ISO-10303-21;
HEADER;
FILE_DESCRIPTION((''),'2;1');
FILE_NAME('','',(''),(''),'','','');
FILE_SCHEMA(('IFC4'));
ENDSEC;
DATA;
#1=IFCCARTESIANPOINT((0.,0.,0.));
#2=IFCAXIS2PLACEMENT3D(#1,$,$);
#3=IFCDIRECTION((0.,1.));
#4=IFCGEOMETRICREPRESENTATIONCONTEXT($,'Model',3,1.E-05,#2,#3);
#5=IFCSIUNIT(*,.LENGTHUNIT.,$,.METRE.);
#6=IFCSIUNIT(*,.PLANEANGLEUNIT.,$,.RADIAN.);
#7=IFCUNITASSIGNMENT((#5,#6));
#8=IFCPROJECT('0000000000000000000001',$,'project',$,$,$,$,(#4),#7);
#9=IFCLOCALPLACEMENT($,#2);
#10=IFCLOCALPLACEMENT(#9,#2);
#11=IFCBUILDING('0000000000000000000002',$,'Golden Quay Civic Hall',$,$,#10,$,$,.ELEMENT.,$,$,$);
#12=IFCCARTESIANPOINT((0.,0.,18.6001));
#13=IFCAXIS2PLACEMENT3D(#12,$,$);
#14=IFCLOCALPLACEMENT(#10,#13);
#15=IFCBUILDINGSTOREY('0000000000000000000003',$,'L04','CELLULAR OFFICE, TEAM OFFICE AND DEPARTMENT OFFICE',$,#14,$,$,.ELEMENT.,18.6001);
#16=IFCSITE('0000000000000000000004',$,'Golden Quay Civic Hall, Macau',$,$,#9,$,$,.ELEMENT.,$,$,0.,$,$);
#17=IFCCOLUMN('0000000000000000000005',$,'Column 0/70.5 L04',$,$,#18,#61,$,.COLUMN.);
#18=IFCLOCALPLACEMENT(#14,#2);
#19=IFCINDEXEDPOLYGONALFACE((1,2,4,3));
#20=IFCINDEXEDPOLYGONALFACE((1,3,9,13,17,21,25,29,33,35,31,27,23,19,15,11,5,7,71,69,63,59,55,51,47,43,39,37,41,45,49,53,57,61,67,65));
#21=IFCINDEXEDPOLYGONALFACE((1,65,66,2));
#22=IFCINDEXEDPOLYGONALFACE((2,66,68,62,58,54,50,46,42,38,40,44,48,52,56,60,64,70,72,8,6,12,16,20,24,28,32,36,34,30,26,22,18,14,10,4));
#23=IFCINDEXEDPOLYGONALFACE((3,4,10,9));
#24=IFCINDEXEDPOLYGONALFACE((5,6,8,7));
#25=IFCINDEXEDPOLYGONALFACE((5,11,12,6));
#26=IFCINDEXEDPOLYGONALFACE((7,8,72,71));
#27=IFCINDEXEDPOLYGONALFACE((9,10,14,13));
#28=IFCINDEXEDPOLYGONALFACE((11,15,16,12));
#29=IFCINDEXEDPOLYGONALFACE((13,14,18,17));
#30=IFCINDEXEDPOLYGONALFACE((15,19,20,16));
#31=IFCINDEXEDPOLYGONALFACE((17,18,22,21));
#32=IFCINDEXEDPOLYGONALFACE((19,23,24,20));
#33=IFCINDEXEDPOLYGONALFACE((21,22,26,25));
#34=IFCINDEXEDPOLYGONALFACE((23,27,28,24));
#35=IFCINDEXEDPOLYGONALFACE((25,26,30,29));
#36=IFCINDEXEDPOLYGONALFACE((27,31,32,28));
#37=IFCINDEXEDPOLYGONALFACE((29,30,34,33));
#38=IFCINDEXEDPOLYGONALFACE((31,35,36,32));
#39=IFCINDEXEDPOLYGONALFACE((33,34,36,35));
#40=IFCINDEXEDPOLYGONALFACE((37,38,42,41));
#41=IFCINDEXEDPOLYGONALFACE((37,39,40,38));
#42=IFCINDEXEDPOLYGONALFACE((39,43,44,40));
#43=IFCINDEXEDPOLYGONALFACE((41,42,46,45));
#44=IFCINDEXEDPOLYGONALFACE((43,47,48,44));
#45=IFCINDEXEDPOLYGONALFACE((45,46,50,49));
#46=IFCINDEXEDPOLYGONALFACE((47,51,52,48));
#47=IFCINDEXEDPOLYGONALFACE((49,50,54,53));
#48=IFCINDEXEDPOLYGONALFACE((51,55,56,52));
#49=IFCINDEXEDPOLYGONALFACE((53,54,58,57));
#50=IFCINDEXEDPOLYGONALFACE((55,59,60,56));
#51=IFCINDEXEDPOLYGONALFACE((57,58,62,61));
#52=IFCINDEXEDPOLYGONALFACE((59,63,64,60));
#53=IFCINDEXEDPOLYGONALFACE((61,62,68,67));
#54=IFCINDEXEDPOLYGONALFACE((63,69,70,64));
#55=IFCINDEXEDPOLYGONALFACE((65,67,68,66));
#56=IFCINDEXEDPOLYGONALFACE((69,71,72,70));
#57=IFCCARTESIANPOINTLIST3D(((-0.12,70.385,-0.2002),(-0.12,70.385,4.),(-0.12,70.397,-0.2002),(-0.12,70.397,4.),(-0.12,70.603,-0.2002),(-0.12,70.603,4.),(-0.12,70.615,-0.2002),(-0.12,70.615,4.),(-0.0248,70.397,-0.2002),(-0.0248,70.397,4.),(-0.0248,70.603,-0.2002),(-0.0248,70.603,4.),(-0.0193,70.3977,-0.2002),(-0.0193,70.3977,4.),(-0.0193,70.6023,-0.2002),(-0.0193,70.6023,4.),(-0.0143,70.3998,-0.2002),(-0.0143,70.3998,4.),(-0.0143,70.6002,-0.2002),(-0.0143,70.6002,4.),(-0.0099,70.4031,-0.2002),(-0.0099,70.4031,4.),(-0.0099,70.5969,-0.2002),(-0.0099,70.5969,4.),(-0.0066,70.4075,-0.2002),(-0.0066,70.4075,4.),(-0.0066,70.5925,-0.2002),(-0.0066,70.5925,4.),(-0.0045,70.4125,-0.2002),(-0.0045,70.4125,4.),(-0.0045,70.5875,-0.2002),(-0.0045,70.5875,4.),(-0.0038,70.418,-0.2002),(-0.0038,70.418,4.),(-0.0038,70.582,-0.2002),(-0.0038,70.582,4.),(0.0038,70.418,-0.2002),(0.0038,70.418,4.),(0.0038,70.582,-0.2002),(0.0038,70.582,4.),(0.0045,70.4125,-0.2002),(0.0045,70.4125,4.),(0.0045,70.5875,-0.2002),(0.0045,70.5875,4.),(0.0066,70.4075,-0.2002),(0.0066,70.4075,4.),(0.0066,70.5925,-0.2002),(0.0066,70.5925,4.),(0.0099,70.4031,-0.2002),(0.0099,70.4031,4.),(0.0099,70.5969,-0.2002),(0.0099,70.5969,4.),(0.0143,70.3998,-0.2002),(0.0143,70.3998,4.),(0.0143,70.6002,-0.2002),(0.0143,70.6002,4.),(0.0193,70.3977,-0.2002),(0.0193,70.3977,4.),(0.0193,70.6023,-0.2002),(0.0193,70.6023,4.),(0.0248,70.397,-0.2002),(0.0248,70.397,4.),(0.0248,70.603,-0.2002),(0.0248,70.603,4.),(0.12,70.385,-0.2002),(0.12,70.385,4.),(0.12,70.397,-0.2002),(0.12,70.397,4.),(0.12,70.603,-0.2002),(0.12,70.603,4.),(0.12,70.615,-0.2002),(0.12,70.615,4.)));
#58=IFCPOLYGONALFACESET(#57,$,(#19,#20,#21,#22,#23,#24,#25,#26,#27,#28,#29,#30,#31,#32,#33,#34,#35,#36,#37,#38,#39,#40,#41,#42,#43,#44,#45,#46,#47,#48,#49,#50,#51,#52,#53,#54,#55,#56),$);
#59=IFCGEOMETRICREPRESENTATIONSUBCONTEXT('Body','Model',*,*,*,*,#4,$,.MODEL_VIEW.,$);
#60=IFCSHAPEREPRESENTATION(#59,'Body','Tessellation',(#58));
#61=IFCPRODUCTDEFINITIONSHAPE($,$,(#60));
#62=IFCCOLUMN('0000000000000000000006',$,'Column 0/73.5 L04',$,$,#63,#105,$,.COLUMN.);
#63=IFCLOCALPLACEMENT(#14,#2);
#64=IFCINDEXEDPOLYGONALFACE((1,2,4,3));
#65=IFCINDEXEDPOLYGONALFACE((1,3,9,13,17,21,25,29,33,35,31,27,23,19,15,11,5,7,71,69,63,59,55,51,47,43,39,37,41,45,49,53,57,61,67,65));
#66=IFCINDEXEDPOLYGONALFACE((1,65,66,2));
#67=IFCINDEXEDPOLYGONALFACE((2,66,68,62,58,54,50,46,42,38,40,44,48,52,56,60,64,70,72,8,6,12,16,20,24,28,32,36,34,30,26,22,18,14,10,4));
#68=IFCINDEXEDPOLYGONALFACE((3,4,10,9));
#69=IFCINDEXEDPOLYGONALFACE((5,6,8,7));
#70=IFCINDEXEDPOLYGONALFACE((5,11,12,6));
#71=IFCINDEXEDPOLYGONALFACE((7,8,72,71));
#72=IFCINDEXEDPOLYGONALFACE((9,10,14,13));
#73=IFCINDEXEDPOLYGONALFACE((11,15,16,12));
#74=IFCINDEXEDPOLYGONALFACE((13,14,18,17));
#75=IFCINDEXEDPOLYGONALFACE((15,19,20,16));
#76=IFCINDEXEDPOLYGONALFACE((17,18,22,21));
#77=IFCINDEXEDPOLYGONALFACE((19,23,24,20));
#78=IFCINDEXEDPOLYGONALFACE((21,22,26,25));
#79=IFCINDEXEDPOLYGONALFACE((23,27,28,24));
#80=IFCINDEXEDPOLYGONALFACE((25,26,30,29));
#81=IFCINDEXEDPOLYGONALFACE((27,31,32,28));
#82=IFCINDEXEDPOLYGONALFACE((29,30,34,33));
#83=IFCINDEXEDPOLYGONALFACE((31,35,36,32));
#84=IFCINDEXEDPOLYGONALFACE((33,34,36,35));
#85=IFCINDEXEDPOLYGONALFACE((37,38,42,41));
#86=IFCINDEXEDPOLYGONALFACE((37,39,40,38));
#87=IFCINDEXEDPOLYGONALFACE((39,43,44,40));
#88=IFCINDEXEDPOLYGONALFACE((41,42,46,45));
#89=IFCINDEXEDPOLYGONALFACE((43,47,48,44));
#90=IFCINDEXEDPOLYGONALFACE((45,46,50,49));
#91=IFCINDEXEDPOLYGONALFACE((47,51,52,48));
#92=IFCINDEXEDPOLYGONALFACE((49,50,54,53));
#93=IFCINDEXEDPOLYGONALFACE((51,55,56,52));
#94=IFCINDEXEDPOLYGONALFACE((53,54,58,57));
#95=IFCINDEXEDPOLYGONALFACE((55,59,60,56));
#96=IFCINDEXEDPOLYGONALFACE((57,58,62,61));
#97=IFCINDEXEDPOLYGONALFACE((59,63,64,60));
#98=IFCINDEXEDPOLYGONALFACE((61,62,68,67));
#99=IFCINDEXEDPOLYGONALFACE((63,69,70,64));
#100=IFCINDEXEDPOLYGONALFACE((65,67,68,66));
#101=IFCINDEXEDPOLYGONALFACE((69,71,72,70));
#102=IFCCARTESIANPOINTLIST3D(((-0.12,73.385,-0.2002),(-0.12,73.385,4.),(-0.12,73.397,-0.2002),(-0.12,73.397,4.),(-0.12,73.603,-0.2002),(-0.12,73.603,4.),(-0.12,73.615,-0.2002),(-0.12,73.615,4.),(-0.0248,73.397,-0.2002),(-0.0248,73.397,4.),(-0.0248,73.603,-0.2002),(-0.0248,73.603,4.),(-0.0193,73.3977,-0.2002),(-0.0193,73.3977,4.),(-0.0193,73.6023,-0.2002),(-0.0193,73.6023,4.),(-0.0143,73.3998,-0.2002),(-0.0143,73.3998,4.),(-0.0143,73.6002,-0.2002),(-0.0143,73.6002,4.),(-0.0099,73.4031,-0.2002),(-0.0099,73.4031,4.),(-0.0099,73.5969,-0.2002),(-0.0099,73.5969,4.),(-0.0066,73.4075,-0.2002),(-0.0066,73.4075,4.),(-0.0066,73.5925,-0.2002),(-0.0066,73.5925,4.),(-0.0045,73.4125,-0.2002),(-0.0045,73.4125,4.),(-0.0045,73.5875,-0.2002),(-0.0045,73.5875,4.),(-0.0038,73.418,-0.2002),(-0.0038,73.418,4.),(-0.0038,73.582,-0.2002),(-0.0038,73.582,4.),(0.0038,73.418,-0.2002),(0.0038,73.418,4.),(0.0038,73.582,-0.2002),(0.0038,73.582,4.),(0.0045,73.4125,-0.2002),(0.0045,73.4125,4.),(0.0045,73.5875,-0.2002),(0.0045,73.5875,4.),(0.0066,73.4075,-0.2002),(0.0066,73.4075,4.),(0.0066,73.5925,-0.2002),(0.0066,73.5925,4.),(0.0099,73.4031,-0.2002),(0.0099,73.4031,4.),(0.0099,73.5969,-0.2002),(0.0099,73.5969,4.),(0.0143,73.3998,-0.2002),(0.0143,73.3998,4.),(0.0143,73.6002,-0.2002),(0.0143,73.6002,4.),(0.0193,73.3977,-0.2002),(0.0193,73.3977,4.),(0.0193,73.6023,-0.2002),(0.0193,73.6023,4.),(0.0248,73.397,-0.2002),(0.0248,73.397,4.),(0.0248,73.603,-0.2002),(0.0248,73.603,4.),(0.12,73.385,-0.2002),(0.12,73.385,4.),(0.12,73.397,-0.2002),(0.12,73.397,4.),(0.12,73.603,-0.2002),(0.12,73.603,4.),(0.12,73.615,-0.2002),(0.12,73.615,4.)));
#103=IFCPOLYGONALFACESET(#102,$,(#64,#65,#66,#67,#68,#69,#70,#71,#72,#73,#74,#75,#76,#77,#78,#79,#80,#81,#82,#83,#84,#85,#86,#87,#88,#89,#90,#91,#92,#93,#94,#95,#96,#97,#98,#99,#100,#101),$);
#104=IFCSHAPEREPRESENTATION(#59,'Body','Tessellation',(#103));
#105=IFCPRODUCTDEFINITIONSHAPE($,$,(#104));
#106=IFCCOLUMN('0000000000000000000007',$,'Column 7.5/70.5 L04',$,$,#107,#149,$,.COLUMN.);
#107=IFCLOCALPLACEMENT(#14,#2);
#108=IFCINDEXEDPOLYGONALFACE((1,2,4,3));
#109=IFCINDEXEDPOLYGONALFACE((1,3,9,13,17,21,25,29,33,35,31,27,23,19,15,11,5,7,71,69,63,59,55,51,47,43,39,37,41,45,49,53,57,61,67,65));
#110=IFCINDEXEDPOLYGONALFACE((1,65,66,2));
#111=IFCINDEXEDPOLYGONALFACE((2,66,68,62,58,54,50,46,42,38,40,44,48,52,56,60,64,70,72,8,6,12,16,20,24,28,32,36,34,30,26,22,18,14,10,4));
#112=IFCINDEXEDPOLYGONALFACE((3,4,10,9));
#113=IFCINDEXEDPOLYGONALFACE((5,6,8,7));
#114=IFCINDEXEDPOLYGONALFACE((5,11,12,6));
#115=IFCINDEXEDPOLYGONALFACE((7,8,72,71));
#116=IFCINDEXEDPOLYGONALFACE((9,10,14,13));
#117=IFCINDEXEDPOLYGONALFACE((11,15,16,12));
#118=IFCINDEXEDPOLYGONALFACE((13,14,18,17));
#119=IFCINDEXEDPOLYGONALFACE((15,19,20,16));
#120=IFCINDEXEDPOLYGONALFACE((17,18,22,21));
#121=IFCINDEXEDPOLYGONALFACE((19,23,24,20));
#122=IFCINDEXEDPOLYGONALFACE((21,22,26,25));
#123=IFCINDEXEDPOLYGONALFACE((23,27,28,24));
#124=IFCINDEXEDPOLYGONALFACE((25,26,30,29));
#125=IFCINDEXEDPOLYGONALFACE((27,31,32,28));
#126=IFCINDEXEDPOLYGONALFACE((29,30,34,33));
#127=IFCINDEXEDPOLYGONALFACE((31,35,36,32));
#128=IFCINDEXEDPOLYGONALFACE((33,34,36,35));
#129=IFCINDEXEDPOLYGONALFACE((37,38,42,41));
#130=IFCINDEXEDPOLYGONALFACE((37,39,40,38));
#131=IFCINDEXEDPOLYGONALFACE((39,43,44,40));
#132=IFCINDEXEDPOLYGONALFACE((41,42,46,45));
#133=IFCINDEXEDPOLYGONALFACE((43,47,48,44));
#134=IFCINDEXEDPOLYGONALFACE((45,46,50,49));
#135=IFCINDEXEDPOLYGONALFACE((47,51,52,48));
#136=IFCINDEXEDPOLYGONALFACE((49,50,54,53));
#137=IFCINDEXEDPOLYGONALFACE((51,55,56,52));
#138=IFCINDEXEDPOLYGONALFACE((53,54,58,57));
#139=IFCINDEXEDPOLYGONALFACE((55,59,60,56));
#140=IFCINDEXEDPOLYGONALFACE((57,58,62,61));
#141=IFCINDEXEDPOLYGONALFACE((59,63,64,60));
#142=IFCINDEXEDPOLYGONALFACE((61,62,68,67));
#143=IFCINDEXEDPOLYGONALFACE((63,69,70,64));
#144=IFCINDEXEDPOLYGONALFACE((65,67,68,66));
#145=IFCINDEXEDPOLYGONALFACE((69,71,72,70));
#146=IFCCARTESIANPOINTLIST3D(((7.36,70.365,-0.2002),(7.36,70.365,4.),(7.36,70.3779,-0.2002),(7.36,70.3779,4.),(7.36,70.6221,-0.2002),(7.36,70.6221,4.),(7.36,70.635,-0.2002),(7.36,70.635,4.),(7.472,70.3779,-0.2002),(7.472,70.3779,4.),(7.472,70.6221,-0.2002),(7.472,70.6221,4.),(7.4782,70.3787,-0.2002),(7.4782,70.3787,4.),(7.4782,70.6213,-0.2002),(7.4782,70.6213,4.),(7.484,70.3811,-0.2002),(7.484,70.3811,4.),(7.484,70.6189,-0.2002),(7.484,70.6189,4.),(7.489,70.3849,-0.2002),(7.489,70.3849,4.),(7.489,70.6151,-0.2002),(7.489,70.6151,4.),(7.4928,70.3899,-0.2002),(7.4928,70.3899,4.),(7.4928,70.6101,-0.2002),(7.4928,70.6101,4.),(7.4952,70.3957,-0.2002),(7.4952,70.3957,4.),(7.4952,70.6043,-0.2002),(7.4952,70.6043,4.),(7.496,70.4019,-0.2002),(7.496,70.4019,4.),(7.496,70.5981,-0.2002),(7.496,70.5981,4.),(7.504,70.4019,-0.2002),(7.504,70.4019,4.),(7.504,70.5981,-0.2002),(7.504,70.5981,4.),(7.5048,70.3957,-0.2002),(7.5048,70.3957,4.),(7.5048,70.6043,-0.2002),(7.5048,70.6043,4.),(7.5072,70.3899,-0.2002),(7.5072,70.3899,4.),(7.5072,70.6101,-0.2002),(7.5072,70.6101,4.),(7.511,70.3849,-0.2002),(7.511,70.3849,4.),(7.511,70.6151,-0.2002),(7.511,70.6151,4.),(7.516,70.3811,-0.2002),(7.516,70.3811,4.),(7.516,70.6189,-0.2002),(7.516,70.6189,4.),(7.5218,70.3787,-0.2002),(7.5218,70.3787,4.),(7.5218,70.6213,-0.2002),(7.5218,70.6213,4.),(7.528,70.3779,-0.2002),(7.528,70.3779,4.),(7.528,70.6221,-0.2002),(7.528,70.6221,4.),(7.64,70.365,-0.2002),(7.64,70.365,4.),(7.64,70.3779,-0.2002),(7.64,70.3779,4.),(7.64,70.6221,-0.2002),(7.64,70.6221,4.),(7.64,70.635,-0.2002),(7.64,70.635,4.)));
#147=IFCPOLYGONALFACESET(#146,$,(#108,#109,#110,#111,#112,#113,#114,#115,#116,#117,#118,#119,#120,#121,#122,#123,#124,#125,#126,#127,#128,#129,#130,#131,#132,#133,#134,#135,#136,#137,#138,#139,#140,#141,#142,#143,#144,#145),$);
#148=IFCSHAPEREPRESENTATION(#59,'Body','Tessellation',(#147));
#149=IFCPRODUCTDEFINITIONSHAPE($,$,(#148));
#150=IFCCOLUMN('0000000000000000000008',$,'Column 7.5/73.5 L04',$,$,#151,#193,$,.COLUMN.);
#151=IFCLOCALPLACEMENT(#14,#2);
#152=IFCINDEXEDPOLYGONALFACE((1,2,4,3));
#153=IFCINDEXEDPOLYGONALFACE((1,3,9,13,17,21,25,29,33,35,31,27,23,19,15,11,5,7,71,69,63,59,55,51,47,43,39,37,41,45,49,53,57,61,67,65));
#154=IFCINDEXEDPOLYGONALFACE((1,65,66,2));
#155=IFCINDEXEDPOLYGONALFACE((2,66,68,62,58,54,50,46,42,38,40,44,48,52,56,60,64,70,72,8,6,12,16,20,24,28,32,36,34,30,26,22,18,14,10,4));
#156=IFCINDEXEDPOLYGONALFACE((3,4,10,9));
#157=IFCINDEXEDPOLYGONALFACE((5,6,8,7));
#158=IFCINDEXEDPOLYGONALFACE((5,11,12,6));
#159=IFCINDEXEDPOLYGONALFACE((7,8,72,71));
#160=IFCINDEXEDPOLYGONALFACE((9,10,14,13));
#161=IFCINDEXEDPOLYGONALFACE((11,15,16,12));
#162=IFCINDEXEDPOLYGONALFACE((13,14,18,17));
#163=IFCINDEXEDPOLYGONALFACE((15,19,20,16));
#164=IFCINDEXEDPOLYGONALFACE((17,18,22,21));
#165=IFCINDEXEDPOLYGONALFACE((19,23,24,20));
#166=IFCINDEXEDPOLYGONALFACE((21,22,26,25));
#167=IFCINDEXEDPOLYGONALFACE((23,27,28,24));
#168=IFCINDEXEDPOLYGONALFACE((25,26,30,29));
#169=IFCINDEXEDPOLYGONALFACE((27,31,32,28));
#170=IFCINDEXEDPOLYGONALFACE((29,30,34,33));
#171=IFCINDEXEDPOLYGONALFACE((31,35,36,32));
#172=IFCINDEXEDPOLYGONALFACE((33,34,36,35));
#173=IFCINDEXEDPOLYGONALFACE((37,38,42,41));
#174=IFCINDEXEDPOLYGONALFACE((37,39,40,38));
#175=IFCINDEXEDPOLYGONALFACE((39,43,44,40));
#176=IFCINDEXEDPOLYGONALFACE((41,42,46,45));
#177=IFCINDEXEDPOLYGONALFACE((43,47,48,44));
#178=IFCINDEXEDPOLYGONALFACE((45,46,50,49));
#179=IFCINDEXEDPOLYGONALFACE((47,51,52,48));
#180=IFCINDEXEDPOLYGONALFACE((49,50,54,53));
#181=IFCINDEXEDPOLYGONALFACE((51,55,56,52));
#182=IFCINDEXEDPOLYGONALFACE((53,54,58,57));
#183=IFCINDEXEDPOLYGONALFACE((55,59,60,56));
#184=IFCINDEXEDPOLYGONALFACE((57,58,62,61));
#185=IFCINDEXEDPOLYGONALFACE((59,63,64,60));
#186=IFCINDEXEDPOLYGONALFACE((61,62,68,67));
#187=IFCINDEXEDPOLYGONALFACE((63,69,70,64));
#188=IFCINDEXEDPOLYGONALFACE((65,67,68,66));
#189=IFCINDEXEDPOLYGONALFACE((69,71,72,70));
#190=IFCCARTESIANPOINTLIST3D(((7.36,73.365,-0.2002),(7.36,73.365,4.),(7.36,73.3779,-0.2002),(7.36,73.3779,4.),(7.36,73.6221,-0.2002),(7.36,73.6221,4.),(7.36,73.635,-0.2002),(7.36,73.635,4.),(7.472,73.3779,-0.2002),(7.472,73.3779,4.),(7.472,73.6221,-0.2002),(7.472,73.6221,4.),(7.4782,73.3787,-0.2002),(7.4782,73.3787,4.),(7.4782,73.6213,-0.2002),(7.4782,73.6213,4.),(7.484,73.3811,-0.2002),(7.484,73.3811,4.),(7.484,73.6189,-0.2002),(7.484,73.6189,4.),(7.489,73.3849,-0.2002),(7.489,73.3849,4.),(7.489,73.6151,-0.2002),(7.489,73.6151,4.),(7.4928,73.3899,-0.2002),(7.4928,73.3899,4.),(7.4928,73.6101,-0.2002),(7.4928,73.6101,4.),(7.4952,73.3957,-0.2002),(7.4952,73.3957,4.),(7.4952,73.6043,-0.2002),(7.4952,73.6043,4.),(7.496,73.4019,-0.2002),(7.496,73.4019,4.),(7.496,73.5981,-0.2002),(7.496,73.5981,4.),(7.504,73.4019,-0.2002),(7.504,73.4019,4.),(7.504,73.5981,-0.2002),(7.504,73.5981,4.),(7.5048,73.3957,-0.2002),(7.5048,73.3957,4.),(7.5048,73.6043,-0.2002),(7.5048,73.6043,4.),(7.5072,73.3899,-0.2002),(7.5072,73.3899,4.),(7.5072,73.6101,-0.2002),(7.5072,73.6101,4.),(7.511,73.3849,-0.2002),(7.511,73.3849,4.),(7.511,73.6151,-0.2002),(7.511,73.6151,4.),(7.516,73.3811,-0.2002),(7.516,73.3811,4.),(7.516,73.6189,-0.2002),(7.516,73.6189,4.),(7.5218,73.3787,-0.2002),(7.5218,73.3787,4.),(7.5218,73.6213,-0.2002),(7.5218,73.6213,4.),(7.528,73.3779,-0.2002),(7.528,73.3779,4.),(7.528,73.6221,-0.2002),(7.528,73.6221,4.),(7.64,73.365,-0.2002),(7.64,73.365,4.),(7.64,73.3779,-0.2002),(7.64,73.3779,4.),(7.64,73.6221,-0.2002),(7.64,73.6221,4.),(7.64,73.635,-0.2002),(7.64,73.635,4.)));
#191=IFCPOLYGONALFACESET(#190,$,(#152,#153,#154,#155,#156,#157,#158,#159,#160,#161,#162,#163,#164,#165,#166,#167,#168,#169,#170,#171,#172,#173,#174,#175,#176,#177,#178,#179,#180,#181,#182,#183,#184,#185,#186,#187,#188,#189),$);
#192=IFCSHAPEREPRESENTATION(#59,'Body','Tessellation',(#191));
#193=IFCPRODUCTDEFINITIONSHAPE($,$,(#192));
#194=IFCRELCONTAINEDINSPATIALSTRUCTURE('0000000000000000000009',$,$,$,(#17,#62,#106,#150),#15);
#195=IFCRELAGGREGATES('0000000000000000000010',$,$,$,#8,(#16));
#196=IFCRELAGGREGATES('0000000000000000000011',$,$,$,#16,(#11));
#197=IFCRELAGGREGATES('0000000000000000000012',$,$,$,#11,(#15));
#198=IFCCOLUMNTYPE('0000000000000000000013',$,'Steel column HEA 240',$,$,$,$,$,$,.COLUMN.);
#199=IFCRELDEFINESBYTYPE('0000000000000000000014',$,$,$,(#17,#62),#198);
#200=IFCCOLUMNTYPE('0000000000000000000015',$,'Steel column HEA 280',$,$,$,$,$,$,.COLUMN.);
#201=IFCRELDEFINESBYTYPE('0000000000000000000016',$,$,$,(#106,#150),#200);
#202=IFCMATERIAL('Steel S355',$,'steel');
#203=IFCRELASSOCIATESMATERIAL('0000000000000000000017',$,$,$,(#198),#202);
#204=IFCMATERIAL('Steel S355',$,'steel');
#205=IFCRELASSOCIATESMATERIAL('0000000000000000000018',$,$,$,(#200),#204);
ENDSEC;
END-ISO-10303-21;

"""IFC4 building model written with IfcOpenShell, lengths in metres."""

from ifc_helpers import new_model, si_unit, direction, frame, origin, origin_2d, place, context, subcontext, project, spatial, i_section, extrude, material, material_profile, profile_set, type_object, element, save


model = new_model("IFC4")

# Units and contexts
model_context = context("Model", 3, precision=1e-05, world=origin(), true_north=direction((0.0, 1.0)))
body_context = subcontext(model_context, "Body", "Model", "MODEL_VIEW")
ifc_project = project(units=[si_unit("LENGTHUNIT", "METRE"), si_unit("PLANEANGLEUNIT", "RADIAN")], contexts=[model_context])

# Site, building, storey
site_placement = place(None, origin())
site = spatial("IfcSite", under=ifc_project, at=site_placement, Name="Golden Quay Civic Hall, Macau", CompositionType="ELEMENT", RefElevation=0.0)
building_placement = place(site_placement, origin())
building = spatial("IfcBuilding", under=site, at=building_placement, Name="Golden Quay Civic Hall", CompositionType="ELEMENT")
storey_placement = place(building_placement, frame((0.0, 0.0, 18.6001)))
storey = spatial("IfcBuildingStorey", under=building, at=storey_placement, Name="L04", Description="CELLULAR OFFICE, TEAM OFFICE AND DEPARTMENT OFFICE", CompositionType="ELEMENT", Elevation=18.6001)

# Columns
ifc_material_1 = material(Name="Steel S355", Category="steel")
ifc_material_profile_1 = material_profile(ifc_material_1, i_section(OverallWidth=0.24, OverallDepth=0.23, WebThickness=0.0076, FlangeThickness=0.012, FilletRadius=0.021, at=origin_2d()), Name="HEA 240")
ifc_profile_set_1 = profile_set([ifc_material_profile_1], Name="Steel S355")
column_type_1 = type_object("IfcColumnType", Name="Steel column HEA 240", PredefinedType="COLUMN", material=ifc_profile_set_1)
for number, where, z_axis, x_axis, name in (
    (1, (0.0, 70.5, -0.2002), (0.0, 0.0, 1.0), (1.0, 0.0, 0.0), "Column 0/70.5 L04"),
    (2, (0.0, 73.5, -0.2002), (0.0, 0.0, 1.0), (1.0, 0.0, 0.0), "Column 0/73.5 L04"),
):
    element("IfcColumn", number, at=place(storey_placement, frame(where, z_axis=z_axis, x_axis=x_axis)), inside=storey, type_object=column_type_1, Name=name, PredefinedType="COLUMN", context=body_context, shape_type="SweptSolid", body=[
        extrude(i_section(OverallWidth=0.24, OverallDepth=0.23, WebThickness=0.0076, FlangeThickness=0.012, FilletRadius=0.021, at=origin_2d()), origin(), (0.0, 0.0, 1.0), 4.2002),
    ])
ifc_material_2 = material(Name="Steel S355", Category="steel")
ifc_material_profile_2 = material_profile(ifc_material_2, i_section(OverallWidth=0.28, OverallDepth=0.27, WebThickness=0.0081, FlangeThickness=0.0129, FilletRadius=0.0239, at=origin_2d()), Name="HEA 280")
ifc_profile_set_2 = profile_set([ifc_material_profile_2], Name="Steel S355")
column_type_2 = type_object("IfcColumnType", Name="Steel column HEA 280", PredefinedType="COLUMN", material=ifc_profile_set_2)
for number, where, z_axis, x_axis, name in (
    (3, (7.5, 70.5, -0.2002), (0.0, 0.0, 1.0), (1.0, 0.0, 0.0), "Column 7.5/70.5 L04"),
    (4, (7.5, 73.5, -0.2002), (0.0, 0.0, 1.0), (1.0, 0.0, 0.0), "Column 7.5/73.5 L04"),
):
    element("IfcColumn", number, at=place(storey_placement, frame(where, z_axis=z_axis, x_axis=x_axis)), inside=storey, type_object=column_type_2, Name=name, PredefinedType="COLUMN", context=body_context, shape_type="SweptSolid", body=[
        extrude(i_section(OverallWidth=0.28, OverallDepth=0.27, WebThickness=0.0081, FlangeThickness=0.0129, FilletRadius=0.0239, at=origin_2d()), origin(), (0.0, 0.0, 1.0), 4.2002),
    ])

save(model, "model.ifc")
